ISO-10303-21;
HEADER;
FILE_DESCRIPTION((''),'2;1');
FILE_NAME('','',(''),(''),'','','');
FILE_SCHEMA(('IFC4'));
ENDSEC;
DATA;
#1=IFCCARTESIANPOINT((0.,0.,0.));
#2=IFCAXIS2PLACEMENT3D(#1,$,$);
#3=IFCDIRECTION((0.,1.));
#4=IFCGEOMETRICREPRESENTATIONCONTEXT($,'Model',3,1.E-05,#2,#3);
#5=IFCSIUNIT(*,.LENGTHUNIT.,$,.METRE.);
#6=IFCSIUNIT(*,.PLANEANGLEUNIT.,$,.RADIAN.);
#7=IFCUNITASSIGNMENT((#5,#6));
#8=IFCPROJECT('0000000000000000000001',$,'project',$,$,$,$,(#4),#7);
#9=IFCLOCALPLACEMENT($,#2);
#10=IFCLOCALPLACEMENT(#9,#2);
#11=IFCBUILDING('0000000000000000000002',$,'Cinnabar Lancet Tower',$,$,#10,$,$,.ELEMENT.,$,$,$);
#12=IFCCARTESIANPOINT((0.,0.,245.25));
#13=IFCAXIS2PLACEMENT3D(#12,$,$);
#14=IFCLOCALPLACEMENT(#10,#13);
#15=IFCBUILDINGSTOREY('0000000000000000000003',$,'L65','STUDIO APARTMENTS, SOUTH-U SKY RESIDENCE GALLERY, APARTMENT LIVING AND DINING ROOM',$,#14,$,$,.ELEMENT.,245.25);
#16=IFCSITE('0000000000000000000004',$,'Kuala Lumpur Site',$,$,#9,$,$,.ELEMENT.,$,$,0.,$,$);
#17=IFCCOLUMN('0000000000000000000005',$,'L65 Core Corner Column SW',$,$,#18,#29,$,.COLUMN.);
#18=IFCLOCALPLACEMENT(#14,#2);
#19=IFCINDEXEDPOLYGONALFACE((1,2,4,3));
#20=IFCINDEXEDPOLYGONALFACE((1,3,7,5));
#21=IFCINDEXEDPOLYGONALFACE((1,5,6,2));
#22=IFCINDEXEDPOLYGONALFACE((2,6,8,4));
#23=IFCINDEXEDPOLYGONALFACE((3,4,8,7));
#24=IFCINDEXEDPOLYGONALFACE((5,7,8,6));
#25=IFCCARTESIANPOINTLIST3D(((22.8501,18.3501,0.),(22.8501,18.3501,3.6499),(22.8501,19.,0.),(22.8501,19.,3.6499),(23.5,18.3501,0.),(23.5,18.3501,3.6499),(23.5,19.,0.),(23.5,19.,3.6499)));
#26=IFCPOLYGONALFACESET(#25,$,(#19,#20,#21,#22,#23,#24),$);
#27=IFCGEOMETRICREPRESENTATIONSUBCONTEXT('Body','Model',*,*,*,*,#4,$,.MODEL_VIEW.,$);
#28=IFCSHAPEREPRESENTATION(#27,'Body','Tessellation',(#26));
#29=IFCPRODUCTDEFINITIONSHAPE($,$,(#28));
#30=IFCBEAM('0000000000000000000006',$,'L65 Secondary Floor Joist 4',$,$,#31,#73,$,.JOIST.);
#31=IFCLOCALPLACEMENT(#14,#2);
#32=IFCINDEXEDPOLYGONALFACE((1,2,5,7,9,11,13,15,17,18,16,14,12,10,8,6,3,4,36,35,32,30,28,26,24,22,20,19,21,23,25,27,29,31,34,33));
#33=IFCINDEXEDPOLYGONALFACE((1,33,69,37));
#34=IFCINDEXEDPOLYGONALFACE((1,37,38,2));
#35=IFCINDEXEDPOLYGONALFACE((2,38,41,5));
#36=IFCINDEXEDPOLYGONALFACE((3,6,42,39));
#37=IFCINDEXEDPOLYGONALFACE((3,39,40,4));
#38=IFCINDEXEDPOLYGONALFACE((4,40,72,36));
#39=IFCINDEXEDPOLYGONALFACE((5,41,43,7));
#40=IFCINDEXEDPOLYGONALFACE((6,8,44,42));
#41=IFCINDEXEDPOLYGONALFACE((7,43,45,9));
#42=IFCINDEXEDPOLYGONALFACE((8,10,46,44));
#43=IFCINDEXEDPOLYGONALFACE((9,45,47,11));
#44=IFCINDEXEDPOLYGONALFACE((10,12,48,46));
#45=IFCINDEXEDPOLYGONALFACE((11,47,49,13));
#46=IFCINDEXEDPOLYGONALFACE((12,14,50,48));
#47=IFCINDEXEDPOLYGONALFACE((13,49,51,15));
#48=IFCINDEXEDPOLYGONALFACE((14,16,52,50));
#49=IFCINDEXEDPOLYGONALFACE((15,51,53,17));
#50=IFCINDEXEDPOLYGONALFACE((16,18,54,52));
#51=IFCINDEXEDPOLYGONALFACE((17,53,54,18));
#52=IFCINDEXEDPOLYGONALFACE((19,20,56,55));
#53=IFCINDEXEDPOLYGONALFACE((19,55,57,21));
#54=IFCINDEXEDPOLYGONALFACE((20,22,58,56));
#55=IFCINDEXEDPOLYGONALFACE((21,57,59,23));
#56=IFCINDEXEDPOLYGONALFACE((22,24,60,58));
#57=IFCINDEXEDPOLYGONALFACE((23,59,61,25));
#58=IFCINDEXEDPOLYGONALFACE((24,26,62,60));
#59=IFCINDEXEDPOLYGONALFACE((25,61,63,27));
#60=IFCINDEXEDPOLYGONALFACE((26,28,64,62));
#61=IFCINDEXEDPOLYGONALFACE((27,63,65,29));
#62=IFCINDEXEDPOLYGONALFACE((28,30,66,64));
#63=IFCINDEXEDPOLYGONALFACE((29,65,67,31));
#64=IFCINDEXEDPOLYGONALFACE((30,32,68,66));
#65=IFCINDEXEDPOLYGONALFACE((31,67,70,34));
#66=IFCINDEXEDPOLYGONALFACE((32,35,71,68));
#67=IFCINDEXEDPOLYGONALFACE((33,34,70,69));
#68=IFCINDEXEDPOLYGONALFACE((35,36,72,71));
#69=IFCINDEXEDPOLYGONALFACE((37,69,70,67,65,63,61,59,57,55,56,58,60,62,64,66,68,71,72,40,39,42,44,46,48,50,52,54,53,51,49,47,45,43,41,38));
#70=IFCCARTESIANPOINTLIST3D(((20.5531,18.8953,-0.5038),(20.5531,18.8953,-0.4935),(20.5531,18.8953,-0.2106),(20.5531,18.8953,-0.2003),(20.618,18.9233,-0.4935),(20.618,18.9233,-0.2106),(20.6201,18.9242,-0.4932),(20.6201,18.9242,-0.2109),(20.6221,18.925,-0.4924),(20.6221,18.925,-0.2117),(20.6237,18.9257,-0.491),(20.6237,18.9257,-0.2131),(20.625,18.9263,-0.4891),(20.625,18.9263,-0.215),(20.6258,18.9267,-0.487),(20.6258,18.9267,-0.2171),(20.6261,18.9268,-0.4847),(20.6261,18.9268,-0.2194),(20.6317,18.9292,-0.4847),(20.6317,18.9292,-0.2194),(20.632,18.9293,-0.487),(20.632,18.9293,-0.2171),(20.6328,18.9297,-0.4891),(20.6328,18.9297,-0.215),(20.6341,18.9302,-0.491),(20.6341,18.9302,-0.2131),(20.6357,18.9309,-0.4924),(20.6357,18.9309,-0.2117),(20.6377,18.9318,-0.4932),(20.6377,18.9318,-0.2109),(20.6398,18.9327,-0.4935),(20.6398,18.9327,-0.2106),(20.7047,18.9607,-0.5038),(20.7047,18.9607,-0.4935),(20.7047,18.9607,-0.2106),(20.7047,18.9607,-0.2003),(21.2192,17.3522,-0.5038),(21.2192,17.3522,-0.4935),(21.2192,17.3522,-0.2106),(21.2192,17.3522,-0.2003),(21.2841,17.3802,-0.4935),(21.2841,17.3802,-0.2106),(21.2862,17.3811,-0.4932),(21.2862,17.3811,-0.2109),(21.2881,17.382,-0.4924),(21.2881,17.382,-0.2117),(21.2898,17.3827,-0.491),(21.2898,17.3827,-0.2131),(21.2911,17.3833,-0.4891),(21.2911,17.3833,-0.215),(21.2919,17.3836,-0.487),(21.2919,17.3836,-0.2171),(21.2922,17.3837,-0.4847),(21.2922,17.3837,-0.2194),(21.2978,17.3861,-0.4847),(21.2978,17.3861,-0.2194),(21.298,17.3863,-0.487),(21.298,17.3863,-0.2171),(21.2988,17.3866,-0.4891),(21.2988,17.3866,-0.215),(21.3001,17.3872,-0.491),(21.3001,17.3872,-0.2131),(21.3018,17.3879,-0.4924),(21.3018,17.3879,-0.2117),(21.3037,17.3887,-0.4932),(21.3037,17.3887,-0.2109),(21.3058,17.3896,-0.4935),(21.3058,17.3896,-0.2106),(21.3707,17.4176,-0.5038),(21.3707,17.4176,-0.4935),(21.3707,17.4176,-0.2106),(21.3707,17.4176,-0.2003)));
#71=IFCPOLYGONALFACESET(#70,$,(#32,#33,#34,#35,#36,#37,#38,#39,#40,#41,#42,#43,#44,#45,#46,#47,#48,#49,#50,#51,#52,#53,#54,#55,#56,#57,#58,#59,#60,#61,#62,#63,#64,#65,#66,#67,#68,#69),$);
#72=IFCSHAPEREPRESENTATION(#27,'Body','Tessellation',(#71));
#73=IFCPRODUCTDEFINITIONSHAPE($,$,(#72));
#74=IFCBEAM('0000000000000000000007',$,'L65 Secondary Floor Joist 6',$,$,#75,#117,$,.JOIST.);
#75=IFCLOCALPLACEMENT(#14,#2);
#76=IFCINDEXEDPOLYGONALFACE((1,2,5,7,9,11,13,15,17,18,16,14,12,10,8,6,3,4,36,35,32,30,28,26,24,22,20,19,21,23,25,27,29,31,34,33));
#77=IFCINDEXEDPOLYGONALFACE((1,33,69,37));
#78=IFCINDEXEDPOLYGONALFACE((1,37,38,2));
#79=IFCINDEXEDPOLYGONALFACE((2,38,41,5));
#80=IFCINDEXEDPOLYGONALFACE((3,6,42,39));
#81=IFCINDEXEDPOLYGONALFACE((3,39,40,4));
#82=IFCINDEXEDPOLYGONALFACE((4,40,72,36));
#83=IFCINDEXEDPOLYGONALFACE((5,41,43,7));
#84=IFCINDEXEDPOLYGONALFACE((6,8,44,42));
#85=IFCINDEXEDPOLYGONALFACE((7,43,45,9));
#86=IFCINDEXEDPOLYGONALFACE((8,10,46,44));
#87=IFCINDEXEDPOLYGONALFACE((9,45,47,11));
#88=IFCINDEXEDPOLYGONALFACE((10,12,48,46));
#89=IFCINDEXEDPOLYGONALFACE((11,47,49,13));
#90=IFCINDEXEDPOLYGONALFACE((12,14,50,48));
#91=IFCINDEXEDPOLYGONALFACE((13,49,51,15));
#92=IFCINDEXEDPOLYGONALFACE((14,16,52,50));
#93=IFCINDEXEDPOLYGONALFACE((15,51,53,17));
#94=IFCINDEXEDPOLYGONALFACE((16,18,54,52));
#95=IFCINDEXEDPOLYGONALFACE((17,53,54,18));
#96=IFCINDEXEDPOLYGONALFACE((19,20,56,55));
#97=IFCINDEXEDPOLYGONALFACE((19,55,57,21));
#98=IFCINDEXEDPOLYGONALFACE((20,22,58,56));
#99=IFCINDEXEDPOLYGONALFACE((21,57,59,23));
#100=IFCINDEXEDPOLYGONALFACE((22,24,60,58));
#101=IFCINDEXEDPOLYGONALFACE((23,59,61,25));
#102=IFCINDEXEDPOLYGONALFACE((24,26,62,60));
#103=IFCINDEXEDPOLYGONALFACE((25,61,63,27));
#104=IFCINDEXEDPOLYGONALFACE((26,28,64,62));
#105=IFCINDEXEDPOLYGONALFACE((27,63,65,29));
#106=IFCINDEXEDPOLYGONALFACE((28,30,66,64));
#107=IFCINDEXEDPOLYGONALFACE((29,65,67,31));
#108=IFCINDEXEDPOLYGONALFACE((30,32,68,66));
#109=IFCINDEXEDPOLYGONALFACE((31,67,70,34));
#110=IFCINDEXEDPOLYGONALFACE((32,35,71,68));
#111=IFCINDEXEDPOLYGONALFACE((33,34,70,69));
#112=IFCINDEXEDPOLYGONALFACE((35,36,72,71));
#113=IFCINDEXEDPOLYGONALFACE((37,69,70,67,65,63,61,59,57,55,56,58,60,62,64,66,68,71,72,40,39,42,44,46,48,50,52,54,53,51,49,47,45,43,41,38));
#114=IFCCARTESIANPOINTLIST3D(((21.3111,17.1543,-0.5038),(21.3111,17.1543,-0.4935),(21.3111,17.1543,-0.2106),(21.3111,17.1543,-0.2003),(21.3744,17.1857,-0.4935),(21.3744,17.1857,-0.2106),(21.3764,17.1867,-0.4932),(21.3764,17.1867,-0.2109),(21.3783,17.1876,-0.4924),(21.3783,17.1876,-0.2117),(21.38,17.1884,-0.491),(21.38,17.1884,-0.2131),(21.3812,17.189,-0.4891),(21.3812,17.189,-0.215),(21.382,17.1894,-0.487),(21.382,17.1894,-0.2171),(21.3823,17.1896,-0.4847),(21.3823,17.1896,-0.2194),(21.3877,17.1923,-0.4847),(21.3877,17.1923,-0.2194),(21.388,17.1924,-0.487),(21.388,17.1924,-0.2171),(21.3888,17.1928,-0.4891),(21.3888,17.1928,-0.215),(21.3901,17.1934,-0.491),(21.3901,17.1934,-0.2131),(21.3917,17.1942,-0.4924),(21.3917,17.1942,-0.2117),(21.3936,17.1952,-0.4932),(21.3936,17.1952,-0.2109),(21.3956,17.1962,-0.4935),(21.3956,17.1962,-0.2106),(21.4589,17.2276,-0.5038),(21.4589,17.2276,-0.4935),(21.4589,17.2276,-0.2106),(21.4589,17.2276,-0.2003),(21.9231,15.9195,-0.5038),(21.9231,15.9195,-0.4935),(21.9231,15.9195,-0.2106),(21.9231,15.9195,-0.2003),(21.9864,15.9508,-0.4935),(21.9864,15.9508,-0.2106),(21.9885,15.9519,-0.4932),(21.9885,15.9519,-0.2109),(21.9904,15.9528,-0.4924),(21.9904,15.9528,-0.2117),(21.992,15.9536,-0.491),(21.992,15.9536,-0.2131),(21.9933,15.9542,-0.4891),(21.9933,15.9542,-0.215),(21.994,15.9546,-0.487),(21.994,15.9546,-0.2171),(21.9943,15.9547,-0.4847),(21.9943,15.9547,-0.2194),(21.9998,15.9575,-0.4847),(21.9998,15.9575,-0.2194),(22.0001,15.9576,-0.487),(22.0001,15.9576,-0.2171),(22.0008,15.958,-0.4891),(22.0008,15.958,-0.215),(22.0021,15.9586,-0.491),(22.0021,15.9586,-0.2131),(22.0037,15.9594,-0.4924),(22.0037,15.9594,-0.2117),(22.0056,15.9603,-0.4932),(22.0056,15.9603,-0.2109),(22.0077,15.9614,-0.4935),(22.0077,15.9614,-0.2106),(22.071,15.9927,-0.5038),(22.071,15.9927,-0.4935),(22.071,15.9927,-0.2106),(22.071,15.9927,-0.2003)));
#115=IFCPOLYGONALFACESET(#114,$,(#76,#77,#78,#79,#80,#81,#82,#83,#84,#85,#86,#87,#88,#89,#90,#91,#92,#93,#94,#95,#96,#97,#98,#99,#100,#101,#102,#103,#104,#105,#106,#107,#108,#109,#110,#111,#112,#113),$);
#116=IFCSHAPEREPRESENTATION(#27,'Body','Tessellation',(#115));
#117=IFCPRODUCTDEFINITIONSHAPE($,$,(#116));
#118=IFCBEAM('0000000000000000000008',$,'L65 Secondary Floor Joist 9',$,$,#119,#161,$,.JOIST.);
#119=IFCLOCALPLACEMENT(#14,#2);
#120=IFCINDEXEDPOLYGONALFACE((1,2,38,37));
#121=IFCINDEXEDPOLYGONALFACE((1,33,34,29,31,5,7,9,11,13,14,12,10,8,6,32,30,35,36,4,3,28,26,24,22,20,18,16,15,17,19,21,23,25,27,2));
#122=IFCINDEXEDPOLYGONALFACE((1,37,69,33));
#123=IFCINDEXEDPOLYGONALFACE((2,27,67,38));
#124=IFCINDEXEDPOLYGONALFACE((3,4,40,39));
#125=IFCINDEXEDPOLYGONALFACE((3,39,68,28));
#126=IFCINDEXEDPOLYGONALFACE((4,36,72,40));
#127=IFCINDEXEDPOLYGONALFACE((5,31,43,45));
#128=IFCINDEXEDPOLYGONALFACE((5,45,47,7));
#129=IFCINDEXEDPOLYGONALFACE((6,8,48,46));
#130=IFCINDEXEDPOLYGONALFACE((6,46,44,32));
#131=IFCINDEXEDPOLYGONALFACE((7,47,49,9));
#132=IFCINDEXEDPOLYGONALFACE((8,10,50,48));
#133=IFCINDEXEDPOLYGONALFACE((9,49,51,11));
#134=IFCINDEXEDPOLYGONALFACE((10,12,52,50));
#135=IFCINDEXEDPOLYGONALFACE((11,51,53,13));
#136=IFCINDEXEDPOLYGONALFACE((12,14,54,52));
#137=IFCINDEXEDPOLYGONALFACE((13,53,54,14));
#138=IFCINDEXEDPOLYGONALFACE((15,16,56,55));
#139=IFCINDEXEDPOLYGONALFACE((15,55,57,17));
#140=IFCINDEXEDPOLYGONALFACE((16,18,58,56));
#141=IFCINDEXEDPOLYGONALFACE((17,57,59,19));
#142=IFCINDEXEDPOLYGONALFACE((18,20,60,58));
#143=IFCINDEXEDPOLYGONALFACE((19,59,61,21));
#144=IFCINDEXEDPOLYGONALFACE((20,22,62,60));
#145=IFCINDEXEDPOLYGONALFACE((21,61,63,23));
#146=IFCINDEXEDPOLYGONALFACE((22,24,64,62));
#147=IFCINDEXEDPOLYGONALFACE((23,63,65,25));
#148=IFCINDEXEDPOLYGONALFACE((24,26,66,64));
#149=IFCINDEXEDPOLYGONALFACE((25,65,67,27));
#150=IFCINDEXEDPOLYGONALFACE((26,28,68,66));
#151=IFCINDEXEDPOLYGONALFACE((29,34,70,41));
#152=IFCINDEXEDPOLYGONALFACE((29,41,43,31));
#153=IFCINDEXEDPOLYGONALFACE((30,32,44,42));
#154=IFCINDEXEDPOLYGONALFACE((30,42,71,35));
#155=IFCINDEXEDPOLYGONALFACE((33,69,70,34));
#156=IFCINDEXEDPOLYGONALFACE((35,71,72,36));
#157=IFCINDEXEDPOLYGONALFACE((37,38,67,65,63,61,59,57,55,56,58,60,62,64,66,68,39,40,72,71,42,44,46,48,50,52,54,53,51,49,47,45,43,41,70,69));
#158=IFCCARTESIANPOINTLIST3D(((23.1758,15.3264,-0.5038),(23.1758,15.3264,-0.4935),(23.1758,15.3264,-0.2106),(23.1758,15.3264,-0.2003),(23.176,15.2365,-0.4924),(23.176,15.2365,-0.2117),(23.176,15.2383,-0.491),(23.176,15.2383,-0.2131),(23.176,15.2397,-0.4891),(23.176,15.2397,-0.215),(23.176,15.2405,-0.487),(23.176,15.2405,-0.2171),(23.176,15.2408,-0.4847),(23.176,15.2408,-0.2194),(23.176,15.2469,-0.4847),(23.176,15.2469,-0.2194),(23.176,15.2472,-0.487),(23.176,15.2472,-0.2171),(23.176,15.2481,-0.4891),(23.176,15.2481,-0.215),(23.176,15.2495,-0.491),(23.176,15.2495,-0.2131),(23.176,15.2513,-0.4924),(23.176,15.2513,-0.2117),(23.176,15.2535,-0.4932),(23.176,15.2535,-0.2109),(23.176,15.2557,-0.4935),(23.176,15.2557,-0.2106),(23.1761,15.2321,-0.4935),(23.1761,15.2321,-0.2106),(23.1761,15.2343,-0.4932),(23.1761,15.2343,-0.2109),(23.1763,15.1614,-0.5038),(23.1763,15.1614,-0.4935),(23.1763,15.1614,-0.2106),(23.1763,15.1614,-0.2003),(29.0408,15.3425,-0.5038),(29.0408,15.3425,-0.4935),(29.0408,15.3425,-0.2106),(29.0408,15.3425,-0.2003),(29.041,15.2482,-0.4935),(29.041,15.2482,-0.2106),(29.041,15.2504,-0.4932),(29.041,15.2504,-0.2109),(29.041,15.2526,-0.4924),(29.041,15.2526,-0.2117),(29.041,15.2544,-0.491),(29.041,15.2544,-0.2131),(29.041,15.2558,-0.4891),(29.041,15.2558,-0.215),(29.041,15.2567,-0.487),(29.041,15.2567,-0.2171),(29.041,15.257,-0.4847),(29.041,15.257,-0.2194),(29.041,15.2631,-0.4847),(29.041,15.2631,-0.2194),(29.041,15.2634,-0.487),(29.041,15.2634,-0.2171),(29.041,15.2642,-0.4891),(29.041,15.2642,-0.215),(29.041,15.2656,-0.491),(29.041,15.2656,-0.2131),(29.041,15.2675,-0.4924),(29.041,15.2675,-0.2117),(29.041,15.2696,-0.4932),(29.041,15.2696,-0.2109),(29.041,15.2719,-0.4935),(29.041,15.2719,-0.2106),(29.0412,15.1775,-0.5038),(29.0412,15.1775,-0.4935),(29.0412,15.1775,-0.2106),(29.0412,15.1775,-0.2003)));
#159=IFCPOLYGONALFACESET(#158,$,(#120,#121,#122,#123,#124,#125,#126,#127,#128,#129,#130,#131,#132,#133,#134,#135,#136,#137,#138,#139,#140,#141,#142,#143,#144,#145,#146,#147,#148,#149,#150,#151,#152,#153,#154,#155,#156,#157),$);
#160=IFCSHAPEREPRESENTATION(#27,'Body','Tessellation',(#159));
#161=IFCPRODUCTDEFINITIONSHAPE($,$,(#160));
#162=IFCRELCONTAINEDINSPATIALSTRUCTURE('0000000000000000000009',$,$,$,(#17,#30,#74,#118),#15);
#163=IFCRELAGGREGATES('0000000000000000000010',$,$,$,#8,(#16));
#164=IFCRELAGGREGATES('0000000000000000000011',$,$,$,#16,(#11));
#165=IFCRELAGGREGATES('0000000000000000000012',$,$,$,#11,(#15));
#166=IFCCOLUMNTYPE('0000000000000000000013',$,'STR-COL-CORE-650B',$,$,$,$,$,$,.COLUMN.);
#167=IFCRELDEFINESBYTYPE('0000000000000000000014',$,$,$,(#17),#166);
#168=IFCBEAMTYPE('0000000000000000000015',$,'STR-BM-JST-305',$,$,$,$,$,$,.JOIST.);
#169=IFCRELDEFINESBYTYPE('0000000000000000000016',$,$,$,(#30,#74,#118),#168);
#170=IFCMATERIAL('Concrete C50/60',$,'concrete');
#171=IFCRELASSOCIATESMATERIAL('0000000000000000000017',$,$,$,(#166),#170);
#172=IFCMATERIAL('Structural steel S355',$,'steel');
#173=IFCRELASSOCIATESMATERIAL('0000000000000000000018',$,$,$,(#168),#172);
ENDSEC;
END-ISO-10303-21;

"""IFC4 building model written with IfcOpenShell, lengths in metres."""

from ifc_helpers import new_model, si_unit, direction, frame, origin, origin_2d, place, context, subcontext, project, spatial, rectangle, i_section, extrude, material, material_profile, profile_set, type_object, element, save


model = new_model("IFC4")

# Units and contexts
model_context = context("Model", 3, precision=1e-05, world=origin(), true_north=direction((0.0, 1.0)))
body_context = subcontext(model_context, "Body", "Model", "MODEL_VIEW")
ifc_project = project(units=[si_unit("LENGTHUNIT", "METRE"), si_unit("PLANEANGLEUNIT", "RADIAN")], contexts=[model_context])

# Site, building, storey
site_placement = place(None, origin())
site = spatial("IfcSite", under=ifc_project, at=site_placement, Name="Kuala Lumpur Site", CompositionType="ELEMENT", RefElevation=0.0)
building_placement = place(site_placement, origin())
building = spatial("IfcBuilding", under=site, at=building_placement, Name="Cinnabar Lancet Tower", CompositionType="ELEMENT")
storey_placement = place(building_placement, frame((0.0, 0.0, 245.25)))
storey = spatial("IfcBuildingStorey", under=building, at=storey_placement, Name="L65", Description="STUDIO APARTMENTS, SOUTH-U SKY RESIDENCE GALLERY, APARTMENT LIVING AND DINING ROOM", CompositionType="ELEMENT", Elevation=245.25)

# Column
ifc_material_1 = material(Name="Concrete C50/60", Category="concrete")
ifc_material_profile_1 = material_profile(ifc_material_1, rectangle(XDim=0.6499, YDim=0.6499, at=origin_2d()), Name="RC-COL 650x650")
ifc_profile_set_1 = profile_set([ifc_material_profile_1], Name="Concrete C50/60")
column_type = type_object("IfcColumnType", Name="STR-COL-CORE-650B", PredefinedType="COLUMN", material=ifc_profile_set_1)
column_placement = place(storey_placement, frame((23.175, 18.675, 0.0), z_axis=(0.0, 0.0, 1.0), x_axis=(1.0, 0.0, 0.0)))
element("IfcColumn", 1, at=column_placement, inside=storey, type_object=column_type, Name="L65 Core Corner Column SW", PredefinedType="COLUMN", context=body_context, shape_type="SweptSolid", body=[
    extrude(rectangle(XDim=0.6499, YDim=0.6499, at=origin_2d()), origin(), (0.0, 0.0, 1.0), 3.6499),
])

# Beams
ifc_material_2 = material(Name="Structural steel S355", Category="steel")
ifc_material_profile_2 = material_profile(ifc_material_2, i_section(OverallWidth=0.165, OverallDepth=0.3035, WebThickness=0.0061, FlangeThickness=0.0103, FilletRadius=0.0088, at=origin_2d()), Name="UKB 305x165x40")
ifc_profile_set_2 = profile_set([ifc_material_profile_2], Name="Structural steel S355")
beam_type = type_object("IfcBeamType", Name="STR-BM-JST-305", PredefinedType="JOIST", material=ifc_profile_set_2)
beam_1_placement = place(storey_placement, frame((20.6289, 18.928, -0.3521), z_axis=(0.396302, -0.91812, 0.0), x_axis=(0.91812, 0.396302, 0.0)))
element("IfcBeam", 2, at=beam_1_placement, inside=storey, type_object=beam_type, Name="L65 Secondary Floor Joist 4", PredefinedType="JOIST", context=body_context, shape_type="SweptSolid", body=[
    extrude(i_section(OverallWidth=0.165, OverallDepth=0.3035, WebThickness=0.0061, FlangeThickness=0.0103, FilletRadius=0.0088, at=origin_2d()), origin(), (0.0, 0.0, 1.0), 1.6807),
])
beam_2_placement = place(storey_placement, frame((21.385, 17.1909, -0.3521), z_axis=(0.444093, -0.895981, 0.0), x_axis=(0.895981, 0.444093, 0.0)))
element("IfcBeam", 3, at=beam_2_placement, inside=storey, type_object=beam_type, Name="L65 Secondary Floor Joist 6", PredefinedType="JOIST", context=body_context, shape_type="SweptSolid", body=[
    extrude(i_section(OverallWidth=0.165, OverallDepth=0.3035, WebThickness=0.0061, FlangeThickness=0.0103, FilletRadius=0.0088, at=origin_2d()), origin(), (0.0, 0.0, 1.0), 1.3782),
])
beam_3_placement = place(storey_placement, frame((23.176, 15.2439, -0.3521), z_axis=(0.999996, 0.002747, 0.0), x_axis=(-0.002747, 0.999996, 0.0)))
element("IfcBeam", 4, at=beam_3_placement, inside=storey, type_object=beam_type, Name="L65 Secondary Floor Joist 9", PredefinedType="JOIST", context=body_context, shape_type="SweptSolid", body=[
    extrude(i_section(OverallWidth=0.165, OverallDepth=0.3035, WebThickness=0.0061, FlangeThickness=0.0103, FilletRadius=0.0088, at=origin_2d()), origin(), (0.0, 0.0, 1.0), 5.865),
])

save(model, "model.ifc")
